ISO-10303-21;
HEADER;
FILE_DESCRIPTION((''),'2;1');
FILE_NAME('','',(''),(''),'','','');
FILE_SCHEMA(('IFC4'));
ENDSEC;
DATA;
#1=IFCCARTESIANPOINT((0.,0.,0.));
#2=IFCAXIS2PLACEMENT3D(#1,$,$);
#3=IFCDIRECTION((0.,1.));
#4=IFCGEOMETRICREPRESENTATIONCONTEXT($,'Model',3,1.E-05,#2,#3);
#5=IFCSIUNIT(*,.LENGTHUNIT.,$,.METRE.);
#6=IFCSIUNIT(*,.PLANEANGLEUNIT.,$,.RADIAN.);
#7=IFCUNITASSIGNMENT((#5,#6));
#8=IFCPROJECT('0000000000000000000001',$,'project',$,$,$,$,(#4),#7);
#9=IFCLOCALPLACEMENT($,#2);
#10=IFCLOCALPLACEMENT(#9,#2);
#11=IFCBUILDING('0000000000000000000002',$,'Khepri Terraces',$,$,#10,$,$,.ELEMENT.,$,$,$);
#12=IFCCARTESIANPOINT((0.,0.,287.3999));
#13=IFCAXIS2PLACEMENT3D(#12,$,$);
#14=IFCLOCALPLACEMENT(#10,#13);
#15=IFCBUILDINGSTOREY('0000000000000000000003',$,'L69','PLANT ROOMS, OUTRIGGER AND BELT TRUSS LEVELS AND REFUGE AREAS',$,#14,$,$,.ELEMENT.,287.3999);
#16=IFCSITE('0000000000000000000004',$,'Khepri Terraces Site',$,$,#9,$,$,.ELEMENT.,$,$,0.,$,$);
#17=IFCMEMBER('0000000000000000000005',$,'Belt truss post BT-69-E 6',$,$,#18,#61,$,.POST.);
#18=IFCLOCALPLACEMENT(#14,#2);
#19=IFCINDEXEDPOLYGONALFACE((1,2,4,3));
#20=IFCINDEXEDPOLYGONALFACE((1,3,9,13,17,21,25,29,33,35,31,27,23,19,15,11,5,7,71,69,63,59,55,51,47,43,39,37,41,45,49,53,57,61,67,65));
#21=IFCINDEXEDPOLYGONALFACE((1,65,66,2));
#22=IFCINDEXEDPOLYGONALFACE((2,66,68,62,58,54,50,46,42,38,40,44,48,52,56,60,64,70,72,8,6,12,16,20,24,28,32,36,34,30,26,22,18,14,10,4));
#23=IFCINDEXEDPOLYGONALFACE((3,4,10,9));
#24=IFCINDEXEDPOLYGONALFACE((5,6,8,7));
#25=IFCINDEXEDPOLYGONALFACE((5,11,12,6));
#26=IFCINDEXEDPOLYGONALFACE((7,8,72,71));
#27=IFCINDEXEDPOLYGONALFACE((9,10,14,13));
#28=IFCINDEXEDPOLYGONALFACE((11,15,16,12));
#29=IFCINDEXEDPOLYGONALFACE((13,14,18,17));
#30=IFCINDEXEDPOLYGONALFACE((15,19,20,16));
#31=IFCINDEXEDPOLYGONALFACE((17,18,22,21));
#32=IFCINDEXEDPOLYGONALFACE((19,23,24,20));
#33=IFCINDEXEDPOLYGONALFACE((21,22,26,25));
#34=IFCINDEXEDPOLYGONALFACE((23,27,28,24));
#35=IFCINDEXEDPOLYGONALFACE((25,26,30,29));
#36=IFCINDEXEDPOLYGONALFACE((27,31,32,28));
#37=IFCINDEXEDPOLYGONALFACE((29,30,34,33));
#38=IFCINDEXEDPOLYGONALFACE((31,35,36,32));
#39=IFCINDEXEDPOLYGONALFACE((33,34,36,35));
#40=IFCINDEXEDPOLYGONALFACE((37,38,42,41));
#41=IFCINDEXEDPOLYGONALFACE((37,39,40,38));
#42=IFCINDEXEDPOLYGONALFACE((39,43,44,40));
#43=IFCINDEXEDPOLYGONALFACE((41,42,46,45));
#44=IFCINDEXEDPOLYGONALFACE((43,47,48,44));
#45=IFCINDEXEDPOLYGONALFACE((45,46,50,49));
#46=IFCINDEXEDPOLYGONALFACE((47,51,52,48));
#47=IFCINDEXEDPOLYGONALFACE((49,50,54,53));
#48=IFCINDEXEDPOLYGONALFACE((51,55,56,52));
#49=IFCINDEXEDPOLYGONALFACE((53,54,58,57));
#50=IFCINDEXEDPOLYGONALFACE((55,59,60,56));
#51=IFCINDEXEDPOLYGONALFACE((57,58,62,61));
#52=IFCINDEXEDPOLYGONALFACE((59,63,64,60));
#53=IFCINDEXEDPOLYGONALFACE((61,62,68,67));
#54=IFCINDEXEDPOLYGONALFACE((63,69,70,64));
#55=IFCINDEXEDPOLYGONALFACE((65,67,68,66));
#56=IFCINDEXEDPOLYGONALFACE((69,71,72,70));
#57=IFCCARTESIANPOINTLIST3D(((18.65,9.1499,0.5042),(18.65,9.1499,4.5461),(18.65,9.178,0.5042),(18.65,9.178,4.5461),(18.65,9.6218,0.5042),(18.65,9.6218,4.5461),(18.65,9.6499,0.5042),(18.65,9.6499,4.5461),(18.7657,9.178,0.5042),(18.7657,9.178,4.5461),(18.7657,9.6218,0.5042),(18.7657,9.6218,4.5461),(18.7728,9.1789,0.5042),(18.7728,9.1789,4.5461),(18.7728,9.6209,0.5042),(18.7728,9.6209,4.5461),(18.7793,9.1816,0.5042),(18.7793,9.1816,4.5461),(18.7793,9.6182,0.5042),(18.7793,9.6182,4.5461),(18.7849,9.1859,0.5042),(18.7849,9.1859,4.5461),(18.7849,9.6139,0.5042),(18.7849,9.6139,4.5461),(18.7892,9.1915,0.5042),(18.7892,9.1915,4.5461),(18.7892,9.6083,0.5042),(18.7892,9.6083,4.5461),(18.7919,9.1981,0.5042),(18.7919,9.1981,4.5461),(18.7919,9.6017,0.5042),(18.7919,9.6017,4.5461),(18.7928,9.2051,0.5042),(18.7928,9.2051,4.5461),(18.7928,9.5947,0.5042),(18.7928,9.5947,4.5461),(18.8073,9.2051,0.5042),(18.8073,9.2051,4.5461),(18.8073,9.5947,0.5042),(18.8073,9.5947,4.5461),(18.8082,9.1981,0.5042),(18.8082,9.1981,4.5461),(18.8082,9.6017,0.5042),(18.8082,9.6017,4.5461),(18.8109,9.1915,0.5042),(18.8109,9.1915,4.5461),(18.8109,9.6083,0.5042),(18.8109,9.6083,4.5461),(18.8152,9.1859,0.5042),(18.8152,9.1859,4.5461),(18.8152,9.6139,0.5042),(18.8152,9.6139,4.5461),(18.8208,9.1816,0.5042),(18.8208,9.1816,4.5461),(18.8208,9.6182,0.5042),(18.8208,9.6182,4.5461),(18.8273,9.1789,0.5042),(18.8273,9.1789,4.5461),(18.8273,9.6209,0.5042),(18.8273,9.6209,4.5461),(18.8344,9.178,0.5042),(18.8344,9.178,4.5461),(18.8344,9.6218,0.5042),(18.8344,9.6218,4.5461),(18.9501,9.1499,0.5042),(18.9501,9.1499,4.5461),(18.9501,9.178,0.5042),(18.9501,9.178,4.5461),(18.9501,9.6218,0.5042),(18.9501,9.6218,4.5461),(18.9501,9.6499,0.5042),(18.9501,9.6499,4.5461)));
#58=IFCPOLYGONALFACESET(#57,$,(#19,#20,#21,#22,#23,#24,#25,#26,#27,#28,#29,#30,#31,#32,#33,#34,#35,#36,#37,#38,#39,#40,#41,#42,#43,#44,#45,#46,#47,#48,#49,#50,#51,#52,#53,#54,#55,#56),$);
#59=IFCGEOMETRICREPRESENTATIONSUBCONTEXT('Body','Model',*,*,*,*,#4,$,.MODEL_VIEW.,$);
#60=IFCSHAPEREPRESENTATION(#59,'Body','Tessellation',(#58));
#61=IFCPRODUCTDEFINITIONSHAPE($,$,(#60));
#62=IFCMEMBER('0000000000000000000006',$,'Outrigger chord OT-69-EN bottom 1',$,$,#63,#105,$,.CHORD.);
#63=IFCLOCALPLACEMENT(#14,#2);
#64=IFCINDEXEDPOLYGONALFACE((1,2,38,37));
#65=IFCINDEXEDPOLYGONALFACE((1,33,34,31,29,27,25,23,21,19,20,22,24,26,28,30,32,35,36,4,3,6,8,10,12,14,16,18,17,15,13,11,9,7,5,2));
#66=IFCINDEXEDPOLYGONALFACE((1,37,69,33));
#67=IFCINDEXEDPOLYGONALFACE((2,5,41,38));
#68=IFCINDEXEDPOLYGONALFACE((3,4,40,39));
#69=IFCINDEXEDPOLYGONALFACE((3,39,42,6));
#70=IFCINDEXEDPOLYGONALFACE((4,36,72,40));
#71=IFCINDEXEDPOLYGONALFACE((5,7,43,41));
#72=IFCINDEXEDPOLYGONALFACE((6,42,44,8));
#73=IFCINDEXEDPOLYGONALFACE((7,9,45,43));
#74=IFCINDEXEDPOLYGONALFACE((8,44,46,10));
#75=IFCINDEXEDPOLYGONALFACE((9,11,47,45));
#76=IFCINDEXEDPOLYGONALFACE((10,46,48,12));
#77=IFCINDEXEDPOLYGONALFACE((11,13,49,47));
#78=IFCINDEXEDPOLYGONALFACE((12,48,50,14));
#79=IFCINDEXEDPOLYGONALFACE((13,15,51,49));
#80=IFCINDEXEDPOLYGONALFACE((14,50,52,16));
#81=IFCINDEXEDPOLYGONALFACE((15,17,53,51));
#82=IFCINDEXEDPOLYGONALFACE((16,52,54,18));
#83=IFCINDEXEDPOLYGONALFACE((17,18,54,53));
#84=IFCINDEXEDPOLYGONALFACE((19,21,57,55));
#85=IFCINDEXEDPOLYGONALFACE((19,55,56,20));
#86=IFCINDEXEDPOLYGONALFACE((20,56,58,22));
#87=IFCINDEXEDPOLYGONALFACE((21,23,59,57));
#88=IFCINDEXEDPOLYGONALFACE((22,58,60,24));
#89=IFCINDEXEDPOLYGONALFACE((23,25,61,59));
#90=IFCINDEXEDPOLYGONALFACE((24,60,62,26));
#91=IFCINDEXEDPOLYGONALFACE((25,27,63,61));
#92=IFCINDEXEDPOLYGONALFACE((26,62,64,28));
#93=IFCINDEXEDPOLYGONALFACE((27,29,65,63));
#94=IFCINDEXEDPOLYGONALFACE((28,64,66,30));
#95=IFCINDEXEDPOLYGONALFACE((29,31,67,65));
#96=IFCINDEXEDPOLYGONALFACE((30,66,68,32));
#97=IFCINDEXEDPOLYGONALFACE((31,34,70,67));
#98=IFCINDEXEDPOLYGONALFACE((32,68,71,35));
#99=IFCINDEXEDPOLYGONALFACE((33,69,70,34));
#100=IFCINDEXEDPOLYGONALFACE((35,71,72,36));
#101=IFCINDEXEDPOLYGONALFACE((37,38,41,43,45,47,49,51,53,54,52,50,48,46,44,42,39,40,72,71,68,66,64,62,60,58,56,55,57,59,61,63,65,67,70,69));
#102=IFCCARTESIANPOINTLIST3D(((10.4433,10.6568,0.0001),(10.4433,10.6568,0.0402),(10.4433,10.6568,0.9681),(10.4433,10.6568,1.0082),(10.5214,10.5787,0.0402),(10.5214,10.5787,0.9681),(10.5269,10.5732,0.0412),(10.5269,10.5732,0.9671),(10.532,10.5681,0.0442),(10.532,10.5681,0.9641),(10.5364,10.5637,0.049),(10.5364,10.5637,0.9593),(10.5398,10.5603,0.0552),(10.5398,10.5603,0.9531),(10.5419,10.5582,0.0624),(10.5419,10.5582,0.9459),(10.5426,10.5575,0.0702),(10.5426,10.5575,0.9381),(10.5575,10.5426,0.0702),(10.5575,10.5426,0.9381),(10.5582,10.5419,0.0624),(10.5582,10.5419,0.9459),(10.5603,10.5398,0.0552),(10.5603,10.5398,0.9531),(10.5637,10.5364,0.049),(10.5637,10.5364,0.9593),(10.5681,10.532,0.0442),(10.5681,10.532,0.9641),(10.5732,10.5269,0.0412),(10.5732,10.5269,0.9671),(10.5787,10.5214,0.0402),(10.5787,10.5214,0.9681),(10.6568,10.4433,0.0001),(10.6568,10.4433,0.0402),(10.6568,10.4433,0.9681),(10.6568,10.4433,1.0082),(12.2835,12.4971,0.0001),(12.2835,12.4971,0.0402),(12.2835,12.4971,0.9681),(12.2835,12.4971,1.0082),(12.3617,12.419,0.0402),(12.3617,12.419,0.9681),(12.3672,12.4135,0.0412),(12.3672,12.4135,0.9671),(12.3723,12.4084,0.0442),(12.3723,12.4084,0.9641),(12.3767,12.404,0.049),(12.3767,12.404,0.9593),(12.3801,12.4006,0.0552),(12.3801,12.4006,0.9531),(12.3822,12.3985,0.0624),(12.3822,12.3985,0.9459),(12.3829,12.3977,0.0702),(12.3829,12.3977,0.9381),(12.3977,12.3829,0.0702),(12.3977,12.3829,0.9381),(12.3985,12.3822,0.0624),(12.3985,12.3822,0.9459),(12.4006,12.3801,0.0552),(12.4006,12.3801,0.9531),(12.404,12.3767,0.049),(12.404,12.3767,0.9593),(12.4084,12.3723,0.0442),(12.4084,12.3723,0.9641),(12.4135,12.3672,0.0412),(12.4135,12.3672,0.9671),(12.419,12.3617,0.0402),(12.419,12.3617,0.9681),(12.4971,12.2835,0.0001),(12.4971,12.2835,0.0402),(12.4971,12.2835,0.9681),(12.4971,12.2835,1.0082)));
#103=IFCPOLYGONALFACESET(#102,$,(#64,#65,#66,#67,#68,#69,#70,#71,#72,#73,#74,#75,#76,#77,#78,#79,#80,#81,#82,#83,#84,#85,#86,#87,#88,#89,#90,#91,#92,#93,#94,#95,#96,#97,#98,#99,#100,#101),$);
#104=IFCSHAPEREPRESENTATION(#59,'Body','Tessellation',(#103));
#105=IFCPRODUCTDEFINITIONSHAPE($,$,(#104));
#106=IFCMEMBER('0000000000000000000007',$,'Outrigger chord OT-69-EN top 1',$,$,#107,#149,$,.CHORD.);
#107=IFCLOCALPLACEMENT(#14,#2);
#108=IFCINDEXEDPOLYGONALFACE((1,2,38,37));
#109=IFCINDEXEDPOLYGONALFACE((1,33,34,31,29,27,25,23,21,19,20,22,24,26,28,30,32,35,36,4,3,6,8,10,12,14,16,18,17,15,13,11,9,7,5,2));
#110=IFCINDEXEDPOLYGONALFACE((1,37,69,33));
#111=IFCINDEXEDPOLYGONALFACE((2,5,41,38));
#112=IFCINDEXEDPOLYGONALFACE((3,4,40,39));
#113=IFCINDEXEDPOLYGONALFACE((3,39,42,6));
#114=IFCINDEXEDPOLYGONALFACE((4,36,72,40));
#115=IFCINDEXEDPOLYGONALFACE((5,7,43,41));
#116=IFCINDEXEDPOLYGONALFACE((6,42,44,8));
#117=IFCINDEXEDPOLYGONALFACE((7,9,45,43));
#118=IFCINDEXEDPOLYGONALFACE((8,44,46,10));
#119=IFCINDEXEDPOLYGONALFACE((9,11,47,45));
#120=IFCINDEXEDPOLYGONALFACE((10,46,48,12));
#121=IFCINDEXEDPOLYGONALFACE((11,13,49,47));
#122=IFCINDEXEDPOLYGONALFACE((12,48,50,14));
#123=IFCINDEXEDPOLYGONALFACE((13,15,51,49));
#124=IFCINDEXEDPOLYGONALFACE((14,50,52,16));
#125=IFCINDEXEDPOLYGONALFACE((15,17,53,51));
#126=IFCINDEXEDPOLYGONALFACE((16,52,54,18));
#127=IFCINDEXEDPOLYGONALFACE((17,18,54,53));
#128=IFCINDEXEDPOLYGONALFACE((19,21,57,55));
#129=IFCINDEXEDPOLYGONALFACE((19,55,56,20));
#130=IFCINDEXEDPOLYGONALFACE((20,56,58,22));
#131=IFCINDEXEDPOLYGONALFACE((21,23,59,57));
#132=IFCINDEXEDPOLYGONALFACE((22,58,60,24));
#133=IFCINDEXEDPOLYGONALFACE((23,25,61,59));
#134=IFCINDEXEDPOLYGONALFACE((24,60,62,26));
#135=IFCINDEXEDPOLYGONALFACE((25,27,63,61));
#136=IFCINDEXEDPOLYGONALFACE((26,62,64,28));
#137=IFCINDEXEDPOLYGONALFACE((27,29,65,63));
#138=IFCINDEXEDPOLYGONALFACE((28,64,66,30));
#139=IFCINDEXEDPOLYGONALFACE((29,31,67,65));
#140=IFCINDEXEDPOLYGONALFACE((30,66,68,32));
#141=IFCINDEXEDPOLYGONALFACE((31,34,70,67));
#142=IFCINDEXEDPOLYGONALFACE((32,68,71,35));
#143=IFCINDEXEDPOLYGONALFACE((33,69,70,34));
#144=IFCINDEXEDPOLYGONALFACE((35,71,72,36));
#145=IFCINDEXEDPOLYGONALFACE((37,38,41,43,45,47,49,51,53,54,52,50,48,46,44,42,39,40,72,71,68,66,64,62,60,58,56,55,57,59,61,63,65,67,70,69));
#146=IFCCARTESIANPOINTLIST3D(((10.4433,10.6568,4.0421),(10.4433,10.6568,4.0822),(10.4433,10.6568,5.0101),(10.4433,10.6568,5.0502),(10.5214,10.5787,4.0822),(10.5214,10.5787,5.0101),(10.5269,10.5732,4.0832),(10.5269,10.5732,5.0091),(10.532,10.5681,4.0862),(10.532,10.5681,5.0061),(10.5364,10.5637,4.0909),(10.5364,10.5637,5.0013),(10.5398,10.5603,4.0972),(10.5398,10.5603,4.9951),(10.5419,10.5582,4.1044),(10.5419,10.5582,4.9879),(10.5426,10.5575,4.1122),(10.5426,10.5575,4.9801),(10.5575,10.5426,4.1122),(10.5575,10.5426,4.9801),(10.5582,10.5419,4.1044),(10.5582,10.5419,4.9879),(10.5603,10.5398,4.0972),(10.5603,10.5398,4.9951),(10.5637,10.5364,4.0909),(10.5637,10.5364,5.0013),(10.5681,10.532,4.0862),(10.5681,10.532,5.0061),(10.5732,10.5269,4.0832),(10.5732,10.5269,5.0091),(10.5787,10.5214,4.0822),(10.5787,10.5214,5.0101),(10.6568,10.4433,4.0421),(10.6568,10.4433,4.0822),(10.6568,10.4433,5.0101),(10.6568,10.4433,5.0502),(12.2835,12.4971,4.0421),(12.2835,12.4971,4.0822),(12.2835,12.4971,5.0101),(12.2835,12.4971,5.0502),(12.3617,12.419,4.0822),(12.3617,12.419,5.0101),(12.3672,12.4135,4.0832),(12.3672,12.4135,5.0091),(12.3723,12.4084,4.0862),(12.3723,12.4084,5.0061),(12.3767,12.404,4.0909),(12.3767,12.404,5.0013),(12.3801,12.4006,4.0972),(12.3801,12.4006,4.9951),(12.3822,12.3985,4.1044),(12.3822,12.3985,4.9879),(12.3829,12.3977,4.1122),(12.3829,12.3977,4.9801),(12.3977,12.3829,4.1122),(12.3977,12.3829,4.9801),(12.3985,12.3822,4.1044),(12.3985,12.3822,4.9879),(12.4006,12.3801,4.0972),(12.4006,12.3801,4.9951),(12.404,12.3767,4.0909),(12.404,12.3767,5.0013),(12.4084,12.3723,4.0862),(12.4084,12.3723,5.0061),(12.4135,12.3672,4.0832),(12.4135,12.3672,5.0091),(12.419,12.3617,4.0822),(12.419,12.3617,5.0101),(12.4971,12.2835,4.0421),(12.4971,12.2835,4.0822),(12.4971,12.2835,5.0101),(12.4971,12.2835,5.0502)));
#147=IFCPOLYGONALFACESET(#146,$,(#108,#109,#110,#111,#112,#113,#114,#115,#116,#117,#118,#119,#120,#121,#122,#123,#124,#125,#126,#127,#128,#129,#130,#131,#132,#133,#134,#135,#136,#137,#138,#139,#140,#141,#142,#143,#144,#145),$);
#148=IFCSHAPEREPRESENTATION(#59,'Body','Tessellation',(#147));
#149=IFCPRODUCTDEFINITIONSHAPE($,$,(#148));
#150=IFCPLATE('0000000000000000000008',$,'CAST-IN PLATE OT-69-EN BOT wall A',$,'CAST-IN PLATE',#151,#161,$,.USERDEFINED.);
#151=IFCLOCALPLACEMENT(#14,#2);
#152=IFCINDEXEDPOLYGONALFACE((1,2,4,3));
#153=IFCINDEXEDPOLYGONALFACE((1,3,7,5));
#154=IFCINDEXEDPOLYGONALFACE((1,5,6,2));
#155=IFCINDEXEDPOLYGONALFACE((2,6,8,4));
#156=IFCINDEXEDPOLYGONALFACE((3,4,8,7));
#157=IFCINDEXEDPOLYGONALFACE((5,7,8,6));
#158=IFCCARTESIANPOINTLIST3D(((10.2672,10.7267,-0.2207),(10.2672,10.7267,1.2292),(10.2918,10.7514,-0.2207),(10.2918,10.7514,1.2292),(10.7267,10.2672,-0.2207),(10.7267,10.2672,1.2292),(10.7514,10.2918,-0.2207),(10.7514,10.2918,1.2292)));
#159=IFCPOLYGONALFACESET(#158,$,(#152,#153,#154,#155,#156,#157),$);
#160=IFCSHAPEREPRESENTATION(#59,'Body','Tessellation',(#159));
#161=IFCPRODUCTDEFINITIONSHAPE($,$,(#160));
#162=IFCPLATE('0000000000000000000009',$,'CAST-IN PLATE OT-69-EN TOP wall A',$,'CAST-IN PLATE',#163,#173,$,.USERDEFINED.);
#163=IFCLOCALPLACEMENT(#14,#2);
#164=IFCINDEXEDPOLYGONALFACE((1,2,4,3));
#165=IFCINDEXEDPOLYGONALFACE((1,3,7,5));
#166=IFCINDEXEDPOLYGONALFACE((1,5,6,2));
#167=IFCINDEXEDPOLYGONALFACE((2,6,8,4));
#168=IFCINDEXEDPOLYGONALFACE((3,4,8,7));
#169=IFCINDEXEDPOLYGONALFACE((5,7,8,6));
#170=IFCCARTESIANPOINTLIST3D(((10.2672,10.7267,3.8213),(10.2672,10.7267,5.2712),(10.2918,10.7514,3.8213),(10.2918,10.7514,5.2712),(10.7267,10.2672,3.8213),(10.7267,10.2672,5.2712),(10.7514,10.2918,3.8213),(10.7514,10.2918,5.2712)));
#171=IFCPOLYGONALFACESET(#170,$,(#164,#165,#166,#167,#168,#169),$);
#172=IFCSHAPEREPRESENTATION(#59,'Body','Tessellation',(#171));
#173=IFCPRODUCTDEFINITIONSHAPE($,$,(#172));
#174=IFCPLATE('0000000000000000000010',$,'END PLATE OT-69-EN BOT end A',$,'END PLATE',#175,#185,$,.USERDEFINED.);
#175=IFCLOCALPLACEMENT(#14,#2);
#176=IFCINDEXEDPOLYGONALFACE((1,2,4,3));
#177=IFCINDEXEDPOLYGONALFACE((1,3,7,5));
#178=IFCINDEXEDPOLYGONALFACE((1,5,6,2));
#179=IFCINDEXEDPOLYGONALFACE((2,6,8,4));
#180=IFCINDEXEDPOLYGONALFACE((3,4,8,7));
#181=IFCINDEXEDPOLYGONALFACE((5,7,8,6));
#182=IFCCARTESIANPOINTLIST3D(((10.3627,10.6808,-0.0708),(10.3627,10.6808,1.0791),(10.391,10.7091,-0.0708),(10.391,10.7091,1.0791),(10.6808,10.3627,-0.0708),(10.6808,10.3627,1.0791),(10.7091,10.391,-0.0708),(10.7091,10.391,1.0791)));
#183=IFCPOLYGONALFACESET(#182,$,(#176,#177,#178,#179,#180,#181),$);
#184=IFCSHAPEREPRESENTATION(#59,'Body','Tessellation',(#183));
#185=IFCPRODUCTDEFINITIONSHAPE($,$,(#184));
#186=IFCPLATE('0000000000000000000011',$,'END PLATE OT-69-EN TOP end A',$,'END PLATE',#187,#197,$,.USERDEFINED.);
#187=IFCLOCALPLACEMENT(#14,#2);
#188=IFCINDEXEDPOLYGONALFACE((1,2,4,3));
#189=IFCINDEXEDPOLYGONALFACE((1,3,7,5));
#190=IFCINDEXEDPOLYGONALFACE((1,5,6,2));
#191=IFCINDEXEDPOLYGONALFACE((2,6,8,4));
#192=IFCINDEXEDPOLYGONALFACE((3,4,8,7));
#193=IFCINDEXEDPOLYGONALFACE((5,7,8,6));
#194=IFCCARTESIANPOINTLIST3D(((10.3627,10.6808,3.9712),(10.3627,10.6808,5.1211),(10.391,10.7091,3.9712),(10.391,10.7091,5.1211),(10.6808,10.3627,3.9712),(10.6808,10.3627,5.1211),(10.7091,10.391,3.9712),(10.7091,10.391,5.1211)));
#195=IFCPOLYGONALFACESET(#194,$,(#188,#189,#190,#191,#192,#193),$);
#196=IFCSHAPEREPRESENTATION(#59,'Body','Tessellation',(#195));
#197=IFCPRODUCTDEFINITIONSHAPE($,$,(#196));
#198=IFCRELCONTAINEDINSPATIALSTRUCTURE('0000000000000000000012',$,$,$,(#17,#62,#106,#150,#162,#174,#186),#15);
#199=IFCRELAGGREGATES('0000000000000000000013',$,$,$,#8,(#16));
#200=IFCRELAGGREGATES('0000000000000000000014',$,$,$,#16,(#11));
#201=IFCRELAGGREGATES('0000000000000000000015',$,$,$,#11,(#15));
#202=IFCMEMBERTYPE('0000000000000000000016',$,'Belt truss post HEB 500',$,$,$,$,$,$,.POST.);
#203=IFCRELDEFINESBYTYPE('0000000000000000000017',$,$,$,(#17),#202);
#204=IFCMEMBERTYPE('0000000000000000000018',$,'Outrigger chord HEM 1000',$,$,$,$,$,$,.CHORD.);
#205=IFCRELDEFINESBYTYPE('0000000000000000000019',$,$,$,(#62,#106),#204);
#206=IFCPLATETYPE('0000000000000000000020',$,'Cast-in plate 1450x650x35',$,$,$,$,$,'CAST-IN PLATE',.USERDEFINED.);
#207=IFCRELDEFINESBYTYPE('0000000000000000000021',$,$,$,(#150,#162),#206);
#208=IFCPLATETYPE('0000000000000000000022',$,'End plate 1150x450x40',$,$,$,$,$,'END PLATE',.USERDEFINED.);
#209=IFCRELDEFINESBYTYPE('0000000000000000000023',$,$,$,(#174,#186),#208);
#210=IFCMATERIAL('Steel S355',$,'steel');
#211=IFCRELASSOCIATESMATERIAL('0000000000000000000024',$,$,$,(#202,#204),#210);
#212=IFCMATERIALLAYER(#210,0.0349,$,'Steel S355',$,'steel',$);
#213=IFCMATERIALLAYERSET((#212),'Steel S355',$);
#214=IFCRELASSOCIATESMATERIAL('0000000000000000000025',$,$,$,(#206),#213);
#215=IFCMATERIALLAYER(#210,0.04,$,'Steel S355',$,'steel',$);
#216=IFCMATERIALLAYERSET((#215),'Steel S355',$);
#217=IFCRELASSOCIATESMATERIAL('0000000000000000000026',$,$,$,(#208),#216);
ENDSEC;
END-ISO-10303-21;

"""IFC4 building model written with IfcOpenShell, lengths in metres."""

from ifc_helpers import new_model, si_unit, direction, frame, origin, origin_2d, place, context, subcontext, project, spatial, rectangle, i_section, extrude, material, layer, layer_set, material_profile, profile_set, type_object, element, save


model = new_model("IFC4")

# Units and contexts
model_context = context("Model", 3, precision=1e-05, world=origin(), true_north=direction((0.0, 1.0)))
body_context = subcontext(model_context, "Body", "Model", "MODEL_VIEW")
ifc_project = project(units=[si_unit("LENGTHUNIT", "METRE"), si_unit("PLANEANGLEUNIT", "RADIAN")], contexts=[model_context])

# Site, building, storey
site_placement = place(None, origin())
site = spatial("IfcSite", under=ifc_project, at=site_placement, Name="Khepri Terraces Site", CompositionType="ELEMENT", RefElevation=0.0)
building_placement = place(site_placement, origin())
building = spatial("IfcBuilding", under=site, at=building_placement, Name="Khepri Terraces", CompositionType="ELEMENT")
storey_placement = place(building_placement, frame((0.0, 0.0, 287.3999)))
storey = spatial("IfcBuildingStorey", under=building, at=storey_placement, Name="L69", Description="PLANT ROOMS, OUTRIGGER AND BELT TRUSS LEVELS AND REFUGE AREAS", CompositionType="ELEMENT", Elevation=287.3999)

# Members
ifc_material_1 = material(Name="Steel S355", Category="steel")
ifc_material_profile_1 = material_profile(ifc_material_1, i_section(OverallWidth=0.3, OverallDepth=0.5, WebThickness=0.0144, FlangeThickness=0.0281, FilletRadius=0.0271, at=origin_2d()), Name="Steel S355", Category="steel")
ifc_profile_set_1 = profile_set([ifc_material_profile_1], Name="Steel S355")
member_type_1 = type_object("IfcMemberType", Name="Belt truss post HEB 500", PredefinedType="POST", material=ifc_profile_set_1)
for number, where, z_axis, x_axis, name in (
    (1, (18.8, 9.3999, 0.5042), (0.0, 0.0, 1.0), (1.0, 0.0, 0.0), "Belt truss post BT-69-E 6"),
):
    element("IfcMember", number, at=place(storey_placement, frame(where, z_axis=z_axis, x_axis=x_axis)), inside=storey, type_object=member_type_1, Name=name, PredefinedType="POST", context=body_context, shape_type="SweptSolid", body=[
        extrude(i_section(OverallWidth=0.3, OverallDepth=0.5, WebThickness=0.0144, FlangeThickness=0.0281, FilletRadius=0.0271, at=origin_2d()), origin(), (0.0, 0.0, 1.0), 4.042),
    ])
ifc_material_profile_2 = material_profile(ifc_material_1, i_section(OverallWidth=0.302, OverallDepth=1.0081, WebThickness=0.021, FlangeThickness=0.04, FilletRadius=0.03, at=origin_2d()), Name="Steel S355", Category="steel")
ifc_profile_set_2 = profile_set([ifc_material_profile_2], Name="Steel S355")
member_type_2 = type_object("IfcMemberType", Name="Outrigger chord HEM 1000", PredefinedType="CHORD", material=ifc_profile_set_2)
for number, where, z_axis, x_axis, name in (
    (2, (10.55, 10.55, 0.5042), (0.707107, 0.707107, 0.0), (-0.707107, 0.707107, 0.0), "Outrigger chord OT-69-EN bottom 1"),
    (3, (10.55, 10.55, 4.5461), (0.707107, 0.707107, 0.0), (-0.707107, 0.707107, 0.0), "Outrigger chord OT-69-EN top 1"),
):
    element("IfcMember", number, at=place(storey_placement, frame(where, z_axis=z_axis, x_axis=x_axis)), inside=storey, type_object=member_type_2, Name=name, PredefinedType="CHORD", context=body_context, shape_type="SweptSolid", body=[
        extrude(i_section(OverallWidth=0.302, OverallDepth=1.0081, WebThickness=0.021, FlangeThickness=0.04, FilletRadius=0.03, at=origin_2d()), origin(), (0.0, 0.0, 1.0), 2.6025),
    ])

# Plates
ifc_layer_1 = layer(ifc_material_1, 0.0349, Name="Steel S355", Category="steel")
ifc_layer_set_1 = layer_set([ifc_layer_1], Name="Steel S355")
plate_type_1 = type_object("IfcPlateType", Name="Cast-in plate 1450x650x35", ElementType="CAST-IN PLATE", PredefinedType="USERDEFINED", material=ifc_layer_set_1)
for number, where, z_axis, x_axis, name in (
    (4, (10.5093, 10.5093, -0.2207), (0.0, 0.0, 1.0), (0.707107, 0.707107, 0.0), "CAST-IN PLATE OT-69-EN BOT wall A"),
    (5, (10.5093, 10.5093, 3.8213), (0.0, 0.0, 1.0), (0.707107, 0.707107, 0.0), "CAST-IN PLATE OT-69-EN TOP wall A"),
):
    element("IfcPlate", number, at=place(storey_placement, frame(where, z_axis=z_axis, x_axis=x_axis)), inside=storey, type_object=plate_type_1, Name=name, ObjectType="CAST-IN PLATE", PredefinedType="USERDEFINED", context=body_context, shape_type="SweptSolid", body=[
        extrude(rectangle(XDim=0.0349, YDim=0.6499, at=origin_2d()), origin(), (0.0, 0.0, 1.0), 1.45),
    ])
ifc_layer_2 = layer(ifc_material_1, 0.04, Name="Steel S355", Category="steel")
ifc_layer_set_2 = layer_set([ifc_layer_2], Name="Steel S355")
plate_type_2 = type_object("IfcPlateType", Name="End plate 1150x450x40", ElementType="END PLATE", PredefinedType="USERDEFINED", material=ifc_layer_set_2)
for number, where, z_axis, x_axis, name in (
    (6, (10.5359, 10.5359, -0.0708), (0.0, 0.0, 1.0), (0.707107, 0.707107, 0.0), "END PLATE OT-69-EN BOT end A"),
    (7, (10.5359, 10.5359, 3.9712), (0.0, 0.0, 1.0), (0.707107, 0.707107, 0.0), "END PLATE OT-69-EN TOP end A"),
):
    element("IfcPlate", number, at=place(storey_placement, frame(where, z_axis=z_axis, x_axis=x_axis)), inside=storey, type_object=plate_type_2, Name=name, ObjectType="END PLATE", PredefinedType="USERDEFINED", context=body_context, shape_type="SweptSolid", body=[
        extrude(rectangle(XDim=0.04, YDim=0.45, at=origin_2d()), origin(), (0.0, 0.0, 1.0), 1.1499),
    ])

save(model, "model.ifc")
